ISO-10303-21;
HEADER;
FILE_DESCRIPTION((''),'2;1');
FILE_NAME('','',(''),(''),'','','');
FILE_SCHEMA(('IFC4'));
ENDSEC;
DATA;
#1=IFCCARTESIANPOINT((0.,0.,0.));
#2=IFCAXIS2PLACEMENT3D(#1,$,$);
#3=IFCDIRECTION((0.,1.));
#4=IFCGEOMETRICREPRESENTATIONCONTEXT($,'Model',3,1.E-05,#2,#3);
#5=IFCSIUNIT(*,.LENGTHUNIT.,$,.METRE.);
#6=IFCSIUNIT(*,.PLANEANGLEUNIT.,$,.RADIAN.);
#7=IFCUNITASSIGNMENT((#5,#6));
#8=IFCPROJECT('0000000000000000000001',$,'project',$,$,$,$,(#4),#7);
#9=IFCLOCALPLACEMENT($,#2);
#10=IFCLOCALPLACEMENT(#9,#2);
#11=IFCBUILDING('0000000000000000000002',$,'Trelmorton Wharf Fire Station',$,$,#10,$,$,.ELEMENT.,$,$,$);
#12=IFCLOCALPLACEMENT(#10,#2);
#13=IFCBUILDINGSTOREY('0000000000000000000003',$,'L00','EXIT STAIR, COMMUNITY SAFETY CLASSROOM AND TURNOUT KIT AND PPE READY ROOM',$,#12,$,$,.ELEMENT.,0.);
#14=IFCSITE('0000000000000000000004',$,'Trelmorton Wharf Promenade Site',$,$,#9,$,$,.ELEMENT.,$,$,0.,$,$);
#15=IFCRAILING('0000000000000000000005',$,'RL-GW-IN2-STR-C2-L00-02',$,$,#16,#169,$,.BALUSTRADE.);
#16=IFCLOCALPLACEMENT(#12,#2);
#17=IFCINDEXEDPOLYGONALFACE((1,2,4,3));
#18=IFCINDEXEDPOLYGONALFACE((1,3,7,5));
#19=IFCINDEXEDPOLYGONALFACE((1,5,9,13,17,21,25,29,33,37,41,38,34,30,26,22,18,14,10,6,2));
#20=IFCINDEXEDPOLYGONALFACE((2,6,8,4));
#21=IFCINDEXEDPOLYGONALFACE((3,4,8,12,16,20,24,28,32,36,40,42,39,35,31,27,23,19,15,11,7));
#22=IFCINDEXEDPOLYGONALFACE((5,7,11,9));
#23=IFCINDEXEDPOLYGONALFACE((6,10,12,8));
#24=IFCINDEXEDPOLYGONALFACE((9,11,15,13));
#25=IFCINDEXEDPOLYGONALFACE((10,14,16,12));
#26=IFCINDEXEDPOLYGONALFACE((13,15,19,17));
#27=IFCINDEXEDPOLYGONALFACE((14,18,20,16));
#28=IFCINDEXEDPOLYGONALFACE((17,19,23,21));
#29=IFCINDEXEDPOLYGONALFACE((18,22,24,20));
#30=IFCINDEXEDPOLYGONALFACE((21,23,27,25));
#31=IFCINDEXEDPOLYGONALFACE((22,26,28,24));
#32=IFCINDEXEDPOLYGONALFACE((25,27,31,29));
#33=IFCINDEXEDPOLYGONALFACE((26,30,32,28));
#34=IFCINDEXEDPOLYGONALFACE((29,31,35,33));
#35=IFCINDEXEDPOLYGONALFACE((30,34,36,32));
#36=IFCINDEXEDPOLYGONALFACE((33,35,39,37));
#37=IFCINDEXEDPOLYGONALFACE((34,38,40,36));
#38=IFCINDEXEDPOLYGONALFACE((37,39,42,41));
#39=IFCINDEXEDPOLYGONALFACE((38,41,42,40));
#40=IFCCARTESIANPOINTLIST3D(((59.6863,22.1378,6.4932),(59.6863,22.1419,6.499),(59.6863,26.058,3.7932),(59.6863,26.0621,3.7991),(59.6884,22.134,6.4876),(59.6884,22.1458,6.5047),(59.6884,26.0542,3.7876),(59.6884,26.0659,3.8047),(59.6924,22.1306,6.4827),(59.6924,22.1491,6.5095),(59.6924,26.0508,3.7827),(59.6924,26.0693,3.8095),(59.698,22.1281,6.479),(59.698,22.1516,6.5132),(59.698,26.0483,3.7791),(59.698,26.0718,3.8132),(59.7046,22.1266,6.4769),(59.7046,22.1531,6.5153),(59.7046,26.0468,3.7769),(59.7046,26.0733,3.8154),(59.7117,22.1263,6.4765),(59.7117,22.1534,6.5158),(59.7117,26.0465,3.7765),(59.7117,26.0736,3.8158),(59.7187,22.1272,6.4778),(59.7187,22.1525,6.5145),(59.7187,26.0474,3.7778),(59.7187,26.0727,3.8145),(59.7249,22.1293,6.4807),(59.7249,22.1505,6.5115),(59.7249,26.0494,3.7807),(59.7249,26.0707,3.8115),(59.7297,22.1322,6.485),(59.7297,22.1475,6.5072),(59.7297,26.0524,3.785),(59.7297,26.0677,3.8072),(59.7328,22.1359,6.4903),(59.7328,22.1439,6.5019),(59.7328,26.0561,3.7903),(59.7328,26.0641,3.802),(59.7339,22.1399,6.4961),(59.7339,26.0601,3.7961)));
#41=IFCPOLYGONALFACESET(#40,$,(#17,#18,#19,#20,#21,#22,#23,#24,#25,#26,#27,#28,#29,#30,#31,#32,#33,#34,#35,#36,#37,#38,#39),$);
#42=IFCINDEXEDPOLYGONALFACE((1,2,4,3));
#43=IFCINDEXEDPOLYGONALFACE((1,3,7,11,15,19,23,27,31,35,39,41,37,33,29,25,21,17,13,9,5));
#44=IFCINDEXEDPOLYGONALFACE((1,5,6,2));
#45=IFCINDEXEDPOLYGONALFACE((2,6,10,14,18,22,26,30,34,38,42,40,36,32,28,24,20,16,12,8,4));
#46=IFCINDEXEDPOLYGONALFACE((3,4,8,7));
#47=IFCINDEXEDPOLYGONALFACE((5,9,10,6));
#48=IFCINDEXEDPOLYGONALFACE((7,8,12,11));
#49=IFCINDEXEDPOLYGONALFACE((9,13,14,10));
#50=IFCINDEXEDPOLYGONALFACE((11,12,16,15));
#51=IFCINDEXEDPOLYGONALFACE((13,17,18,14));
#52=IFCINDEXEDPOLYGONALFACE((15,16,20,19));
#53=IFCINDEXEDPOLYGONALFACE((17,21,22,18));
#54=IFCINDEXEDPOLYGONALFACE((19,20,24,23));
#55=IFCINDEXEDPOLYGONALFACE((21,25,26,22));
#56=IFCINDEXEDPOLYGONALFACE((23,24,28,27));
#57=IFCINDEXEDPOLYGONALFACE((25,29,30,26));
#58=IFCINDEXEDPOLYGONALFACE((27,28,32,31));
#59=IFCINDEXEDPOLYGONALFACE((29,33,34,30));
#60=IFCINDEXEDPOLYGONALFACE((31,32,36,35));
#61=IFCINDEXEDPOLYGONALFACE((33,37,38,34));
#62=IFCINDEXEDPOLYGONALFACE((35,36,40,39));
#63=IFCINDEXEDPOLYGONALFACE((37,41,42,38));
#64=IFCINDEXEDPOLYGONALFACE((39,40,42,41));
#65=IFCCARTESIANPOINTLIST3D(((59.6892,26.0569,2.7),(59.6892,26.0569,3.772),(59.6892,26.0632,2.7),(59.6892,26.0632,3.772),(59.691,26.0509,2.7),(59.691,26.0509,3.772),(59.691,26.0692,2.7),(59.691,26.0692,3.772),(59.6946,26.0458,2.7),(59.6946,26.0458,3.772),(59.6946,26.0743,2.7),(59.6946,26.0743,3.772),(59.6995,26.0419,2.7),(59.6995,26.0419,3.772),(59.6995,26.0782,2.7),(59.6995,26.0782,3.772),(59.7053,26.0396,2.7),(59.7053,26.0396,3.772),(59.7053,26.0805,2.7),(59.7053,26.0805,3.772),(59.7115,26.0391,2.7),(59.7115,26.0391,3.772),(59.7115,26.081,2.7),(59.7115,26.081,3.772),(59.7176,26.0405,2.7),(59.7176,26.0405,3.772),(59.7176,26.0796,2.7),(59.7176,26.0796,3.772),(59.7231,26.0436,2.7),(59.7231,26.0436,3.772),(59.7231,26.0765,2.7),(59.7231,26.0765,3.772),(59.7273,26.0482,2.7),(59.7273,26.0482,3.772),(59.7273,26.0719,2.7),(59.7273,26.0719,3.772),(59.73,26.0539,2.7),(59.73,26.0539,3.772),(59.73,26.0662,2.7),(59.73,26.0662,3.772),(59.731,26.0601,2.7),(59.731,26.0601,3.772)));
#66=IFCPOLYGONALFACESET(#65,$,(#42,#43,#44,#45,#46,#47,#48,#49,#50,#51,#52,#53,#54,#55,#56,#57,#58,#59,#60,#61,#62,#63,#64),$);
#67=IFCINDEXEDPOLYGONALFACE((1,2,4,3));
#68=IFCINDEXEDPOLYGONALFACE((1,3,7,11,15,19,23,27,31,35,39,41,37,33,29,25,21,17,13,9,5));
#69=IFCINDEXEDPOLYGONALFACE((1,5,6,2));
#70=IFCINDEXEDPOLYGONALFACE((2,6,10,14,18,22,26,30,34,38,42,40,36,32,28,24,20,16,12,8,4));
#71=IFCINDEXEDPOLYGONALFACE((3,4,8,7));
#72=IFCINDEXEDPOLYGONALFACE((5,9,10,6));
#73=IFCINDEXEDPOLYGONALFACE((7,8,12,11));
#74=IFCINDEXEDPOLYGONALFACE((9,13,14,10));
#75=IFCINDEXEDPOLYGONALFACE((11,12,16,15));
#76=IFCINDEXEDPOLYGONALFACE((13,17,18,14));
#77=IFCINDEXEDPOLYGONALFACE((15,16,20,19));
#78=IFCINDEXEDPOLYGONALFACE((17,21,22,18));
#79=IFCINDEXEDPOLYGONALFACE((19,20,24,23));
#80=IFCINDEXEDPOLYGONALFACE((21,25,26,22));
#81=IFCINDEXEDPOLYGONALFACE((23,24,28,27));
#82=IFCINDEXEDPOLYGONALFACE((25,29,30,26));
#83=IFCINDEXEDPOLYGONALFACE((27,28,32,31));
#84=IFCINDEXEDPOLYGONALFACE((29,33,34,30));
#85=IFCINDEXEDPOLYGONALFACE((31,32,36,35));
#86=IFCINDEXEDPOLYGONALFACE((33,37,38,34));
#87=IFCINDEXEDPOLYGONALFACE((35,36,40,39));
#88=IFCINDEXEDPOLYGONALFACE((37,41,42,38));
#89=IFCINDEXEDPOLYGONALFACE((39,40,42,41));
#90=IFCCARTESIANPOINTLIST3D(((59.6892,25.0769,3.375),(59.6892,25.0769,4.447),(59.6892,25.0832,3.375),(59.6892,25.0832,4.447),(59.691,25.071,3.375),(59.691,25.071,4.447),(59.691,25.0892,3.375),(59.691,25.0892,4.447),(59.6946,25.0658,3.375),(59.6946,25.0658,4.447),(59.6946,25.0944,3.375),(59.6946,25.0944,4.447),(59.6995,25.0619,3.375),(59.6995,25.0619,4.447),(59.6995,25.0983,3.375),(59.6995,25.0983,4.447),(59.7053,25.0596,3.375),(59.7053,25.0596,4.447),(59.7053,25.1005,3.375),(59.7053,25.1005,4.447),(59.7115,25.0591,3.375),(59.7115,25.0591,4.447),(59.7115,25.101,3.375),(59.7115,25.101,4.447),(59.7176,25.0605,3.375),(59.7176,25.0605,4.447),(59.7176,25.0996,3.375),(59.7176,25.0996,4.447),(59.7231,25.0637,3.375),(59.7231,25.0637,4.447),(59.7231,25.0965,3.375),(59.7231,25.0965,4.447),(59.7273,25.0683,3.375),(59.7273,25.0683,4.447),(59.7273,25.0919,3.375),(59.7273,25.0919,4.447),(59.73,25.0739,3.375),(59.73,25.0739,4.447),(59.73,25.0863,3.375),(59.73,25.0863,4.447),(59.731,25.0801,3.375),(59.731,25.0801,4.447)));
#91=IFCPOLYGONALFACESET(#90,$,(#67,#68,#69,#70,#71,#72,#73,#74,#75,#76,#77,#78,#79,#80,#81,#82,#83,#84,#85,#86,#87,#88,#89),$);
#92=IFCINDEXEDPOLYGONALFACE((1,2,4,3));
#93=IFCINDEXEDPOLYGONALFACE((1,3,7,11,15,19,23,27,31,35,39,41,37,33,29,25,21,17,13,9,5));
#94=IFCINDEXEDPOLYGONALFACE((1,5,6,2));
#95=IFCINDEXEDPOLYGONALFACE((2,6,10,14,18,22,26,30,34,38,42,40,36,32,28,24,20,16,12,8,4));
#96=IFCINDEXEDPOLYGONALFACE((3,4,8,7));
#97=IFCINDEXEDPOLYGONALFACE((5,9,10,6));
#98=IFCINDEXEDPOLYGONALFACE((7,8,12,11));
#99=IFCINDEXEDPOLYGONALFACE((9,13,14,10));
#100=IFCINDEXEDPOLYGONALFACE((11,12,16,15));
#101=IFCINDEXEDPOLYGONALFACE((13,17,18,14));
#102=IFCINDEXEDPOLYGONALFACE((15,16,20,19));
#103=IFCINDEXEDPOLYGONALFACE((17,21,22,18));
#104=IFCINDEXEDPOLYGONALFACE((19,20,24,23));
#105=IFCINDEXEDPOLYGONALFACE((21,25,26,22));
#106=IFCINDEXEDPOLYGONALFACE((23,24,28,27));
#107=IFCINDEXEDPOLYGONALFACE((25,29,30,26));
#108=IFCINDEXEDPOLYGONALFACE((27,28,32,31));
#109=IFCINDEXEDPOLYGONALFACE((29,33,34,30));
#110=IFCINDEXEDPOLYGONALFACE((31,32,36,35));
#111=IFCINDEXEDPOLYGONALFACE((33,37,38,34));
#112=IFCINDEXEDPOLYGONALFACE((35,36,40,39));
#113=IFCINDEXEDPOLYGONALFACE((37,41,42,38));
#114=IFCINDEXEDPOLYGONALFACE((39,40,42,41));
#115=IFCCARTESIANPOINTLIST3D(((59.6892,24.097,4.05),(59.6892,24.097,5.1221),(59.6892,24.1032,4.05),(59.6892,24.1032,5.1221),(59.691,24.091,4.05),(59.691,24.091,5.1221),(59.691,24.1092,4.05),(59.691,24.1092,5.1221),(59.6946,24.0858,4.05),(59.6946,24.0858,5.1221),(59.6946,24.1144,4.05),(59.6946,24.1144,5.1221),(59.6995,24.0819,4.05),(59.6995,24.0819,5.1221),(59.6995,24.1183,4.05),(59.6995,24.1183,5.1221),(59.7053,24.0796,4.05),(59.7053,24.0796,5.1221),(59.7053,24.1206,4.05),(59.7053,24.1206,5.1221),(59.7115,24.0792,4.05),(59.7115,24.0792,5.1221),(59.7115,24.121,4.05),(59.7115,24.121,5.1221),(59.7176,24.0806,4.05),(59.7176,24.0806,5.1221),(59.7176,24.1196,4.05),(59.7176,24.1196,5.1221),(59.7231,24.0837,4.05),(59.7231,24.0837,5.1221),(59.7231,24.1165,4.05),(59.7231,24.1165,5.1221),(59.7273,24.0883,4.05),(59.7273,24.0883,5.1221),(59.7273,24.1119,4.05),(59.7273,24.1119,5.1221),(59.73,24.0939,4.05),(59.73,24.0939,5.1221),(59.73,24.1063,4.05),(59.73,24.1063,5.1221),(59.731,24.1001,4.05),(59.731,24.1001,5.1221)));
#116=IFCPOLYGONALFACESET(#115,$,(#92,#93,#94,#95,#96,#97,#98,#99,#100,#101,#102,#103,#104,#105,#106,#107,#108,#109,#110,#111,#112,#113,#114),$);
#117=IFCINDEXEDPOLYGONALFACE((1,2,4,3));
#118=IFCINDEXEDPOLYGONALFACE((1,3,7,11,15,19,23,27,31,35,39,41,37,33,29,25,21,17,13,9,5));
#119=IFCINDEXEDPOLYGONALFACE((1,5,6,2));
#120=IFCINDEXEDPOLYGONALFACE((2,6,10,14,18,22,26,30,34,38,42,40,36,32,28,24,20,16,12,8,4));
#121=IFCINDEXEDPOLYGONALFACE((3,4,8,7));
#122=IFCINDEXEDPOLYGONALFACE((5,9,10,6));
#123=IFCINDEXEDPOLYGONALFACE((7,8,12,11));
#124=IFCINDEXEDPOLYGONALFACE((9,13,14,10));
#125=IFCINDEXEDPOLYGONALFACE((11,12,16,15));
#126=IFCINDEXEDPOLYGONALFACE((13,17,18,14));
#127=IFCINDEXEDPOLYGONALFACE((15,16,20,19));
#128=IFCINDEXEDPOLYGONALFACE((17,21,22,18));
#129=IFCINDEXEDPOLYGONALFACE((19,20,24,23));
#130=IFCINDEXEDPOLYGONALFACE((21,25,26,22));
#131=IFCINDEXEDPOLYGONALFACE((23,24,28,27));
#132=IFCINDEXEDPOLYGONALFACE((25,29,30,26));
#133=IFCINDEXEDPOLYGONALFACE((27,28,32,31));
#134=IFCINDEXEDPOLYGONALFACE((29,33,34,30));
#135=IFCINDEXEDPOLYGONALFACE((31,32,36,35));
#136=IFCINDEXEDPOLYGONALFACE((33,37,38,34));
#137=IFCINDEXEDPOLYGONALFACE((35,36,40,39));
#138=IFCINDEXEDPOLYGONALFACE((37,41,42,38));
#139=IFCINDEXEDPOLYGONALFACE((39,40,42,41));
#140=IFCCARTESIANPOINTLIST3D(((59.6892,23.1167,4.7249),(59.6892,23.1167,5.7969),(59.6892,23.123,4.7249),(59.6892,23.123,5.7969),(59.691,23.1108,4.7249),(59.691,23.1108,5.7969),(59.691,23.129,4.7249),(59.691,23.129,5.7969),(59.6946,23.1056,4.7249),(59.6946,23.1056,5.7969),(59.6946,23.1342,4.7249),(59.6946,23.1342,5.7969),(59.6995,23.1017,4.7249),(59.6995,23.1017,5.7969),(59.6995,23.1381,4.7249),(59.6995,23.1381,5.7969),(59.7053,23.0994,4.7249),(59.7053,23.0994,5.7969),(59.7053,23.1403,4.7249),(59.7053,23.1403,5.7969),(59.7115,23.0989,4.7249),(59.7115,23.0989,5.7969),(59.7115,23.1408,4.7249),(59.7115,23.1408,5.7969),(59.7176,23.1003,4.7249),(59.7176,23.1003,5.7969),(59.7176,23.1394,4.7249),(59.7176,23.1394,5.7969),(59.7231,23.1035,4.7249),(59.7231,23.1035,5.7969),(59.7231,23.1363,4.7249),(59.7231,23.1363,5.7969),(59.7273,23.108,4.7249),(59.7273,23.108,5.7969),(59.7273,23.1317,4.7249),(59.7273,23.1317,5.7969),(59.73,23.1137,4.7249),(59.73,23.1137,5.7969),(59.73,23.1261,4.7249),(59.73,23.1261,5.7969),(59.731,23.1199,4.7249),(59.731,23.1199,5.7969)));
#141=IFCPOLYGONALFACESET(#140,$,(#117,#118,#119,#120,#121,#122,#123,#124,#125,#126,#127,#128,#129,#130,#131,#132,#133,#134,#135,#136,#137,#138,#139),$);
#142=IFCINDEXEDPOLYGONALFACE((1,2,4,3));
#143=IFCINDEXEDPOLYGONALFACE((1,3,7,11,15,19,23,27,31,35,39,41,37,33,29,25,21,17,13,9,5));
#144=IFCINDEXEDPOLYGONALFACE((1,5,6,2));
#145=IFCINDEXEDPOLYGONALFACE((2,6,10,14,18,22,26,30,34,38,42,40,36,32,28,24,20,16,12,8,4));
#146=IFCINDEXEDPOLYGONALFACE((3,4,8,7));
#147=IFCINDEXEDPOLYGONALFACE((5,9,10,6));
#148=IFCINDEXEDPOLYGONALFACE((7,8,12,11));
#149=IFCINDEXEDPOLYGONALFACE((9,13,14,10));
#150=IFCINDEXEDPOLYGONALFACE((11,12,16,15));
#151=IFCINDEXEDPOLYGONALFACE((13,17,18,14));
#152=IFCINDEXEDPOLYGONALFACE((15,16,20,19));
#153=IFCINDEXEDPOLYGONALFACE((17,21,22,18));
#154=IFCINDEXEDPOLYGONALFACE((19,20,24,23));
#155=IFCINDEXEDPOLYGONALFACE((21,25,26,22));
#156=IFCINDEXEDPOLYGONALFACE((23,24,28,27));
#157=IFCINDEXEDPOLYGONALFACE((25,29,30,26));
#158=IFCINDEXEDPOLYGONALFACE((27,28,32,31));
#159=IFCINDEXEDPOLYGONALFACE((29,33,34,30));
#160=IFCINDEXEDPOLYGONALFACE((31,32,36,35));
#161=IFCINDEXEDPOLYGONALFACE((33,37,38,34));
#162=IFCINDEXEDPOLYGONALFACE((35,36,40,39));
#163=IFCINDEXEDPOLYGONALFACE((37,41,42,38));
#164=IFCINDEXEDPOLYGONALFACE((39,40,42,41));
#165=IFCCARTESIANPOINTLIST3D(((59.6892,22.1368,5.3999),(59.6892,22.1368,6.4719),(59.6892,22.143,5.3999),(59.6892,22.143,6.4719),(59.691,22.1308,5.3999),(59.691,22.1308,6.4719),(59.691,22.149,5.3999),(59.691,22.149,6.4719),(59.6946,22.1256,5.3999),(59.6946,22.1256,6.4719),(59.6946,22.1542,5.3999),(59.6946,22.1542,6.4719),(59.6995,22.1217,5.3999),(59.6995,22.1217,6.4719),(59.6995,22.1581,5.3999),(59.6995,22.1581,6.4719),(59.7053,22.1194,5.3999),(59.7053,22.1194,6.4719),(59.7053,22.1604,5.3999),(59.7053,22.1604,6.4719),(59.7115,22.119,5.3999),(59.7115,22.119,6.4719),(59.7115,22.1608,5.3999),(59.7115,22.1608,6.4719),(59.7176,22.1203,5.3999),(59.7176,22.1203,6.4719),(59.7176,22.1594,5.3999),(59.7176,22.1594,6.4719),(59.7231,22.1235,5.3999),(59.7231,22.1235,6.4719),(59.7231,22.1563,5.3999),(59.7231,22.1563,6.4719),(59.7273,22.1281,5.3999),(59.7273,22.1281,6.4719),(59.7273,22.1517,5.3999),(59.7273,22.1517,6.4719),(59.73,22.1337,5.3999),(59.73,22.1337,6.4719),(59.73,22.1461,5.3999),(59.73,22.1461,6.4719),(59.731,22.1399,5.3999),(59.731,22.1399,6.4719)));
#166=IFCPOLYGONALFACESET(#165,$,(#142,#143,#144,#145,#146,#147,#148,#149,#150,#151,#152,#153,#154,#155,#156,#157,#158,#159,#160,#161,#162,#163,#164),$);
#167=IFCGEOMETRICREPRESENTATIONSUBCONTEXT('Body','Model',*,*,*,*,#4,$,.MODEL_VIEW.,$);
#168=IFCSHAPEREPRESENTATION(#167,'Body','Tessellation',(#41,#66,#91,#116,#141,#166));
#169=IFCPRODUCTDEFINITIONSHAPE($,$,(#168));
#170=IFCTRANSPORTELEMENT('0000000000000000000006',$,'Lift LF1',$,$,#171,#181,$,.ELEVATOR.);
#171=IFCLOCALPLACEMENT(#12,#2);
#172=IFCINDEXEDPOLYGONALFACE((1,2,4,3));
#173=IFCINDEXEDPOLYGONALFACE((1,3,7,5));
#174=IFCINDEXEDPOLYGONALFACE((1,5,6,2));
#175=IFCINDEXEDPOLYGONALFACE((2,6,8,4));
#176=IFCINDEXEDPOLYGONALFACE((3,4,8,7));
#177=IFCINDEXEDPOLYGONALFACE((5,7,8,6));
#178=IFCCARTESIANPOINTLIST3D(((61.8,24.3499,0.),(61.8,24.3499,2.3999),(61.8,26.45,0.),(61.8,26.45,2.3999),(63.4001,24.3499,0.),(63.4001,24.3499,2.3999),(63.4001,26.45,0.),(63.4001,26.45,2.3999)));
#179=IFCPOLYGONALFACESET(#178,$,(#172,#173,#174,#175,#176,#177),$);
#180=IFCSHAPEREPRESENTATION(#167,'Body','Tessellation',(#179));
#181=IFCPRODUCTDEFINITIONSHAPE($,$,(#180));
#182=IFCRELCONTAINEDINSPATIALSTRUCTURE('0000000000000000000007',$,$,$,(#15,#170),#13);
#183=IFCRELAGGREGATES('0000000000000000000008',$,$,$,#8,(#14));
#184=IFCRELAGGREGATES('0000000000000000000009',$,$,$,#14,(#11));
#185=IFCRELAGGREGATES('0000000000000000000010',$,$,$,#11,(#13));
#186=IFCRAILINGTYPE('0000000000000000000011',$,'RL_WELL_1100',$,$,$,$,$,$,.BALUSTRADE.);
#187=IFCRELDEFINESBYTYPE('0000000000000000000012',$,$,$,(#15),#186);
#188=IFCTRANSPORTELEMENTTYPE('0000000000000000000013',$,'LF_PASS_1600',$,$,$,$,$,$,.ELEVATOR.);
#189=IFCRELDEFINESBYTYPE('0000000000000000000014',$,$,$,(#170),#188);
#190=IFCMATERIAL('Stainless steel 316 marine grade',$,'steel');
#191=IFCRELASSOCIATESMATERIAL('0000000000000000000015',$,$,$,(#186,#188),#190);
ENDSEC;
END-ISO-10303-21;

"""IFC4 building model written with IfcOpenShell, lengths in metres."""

from ifc_helpers import new_model, si_unit, direction, frame, origin, origin_2d, place, context, subcontext, project, spatial, rectangle, circle, extrude, material, type_object, element, save


model = new_model("IFC4")

# Units and contexts
model_context = context("Model", 3, precision=1e-05, world=origin(), true_north=direction((0.0, 1.0)))
body_context = subcontext(model_context, "Body", "Model", "MODEL_VIEW")
ifc_project = project(units=[si_unit("LENGTHUNIT", "METRE"), si_unit("PLANEANGLEUNIT", "RADIAN")], contexts=[model_context])

# Site, building, storey
site_placement = place(None, origin())
site = spatial("IfcSite", under=ifc_project, at=site_placement, Name="Trelmorton Wharf Promenade Site", CompositionType="ELEMENT", RefElevation=0.0)
building_placement = place(site_placement, origin())
building = spatial("IfcBuilding", under=site, at=building_placement, Name="Trelmorton Wharf Fire Station", CompositionType="ELEMENT")
storey_placement = place(building_placement, origin())
storey = spatial("IfcBuildingStorey", under=building, at=storey_placement, Name="L00", Description="EXIT STAIR, COMMUNITY SAFETY CLASSROOM AND TURNOUT KIT AND PPE READY ROOM", CompositionType="ELEMENT", Elevation=0.0)

# Shared definitions
ifc_material_1 = material(Name="Stainless steel 316 marine grade", Category="steel")

# Railing
railing_type_1 = type_object("IfcRailingType", Name="RL_WELL_1100", PredefinedType="BALUSTRADE", material=ifc_material_1)
railing_1_placement = place(storey_placement, frame((59.71, 26.0601, 2.7)))
element("IfcRailing", 1, at=railing_1_placement, inside=storey, type_object=railing_type_1, Name="RL-GW-IN2-STR-C2-L00-02", PredefinedType="BALUSTRADE", context=body_context, shape_type="SweptSolid", body=[
    extrude(circle(Radius=0.0239, at=origin_2d()), frame((0.0, 0.0, 1.0962), z_axis=(0.0, -0.823567, 0.567219), x_axis=(1.0, 0.0, 0.0)), (0.0, 0.0, 1.0), 4.76),
    extrude(circle(Radius=0.021, at=origin_2d()), origin(), (0.0, 0.0, 1.0), 1.072),
    extrude(circle(Radius=0.021, at=origin_2d()), frame((0.0, -0.98, 0.675)), (0.0, 0.0, 1.0), 1.072),
    extrude(circle(Radius=0.021, at=origin_2d()), frame((0.0, -1.96, 1.3501)), (0.0, 0.0, 1.0), 1.072),
    extrude(circle(Radius=0.021, at=origin_2d()), frame((0.0, -2.9402, 2.0249)), (0.0, 0.0, 1.0), 1.072),
    extrude(circle(Radius=0.021, at=origin_2d()), frame((0.0, -3.9202, 2.7)), (0.0, 0.0, 1.0), 1.072),
])

# Transport element
transport_element_type = type_object("IfcTransportElementType", Name="LF_PASS_1600", PredefinedType="ELEVATOR", material=ifc_material_1)
transport_element_placement = place(storey_placement, frame((62.6001, 25.3999, 0.0), z_axis=(0.0, 0.0, 1.0), x_axis=(1.0, 0.0, 0.0)))
element("IfcTransportElement", 2, at=transport_element_placement, inside=storey, type_object=transport_element_type, Name="Lift LF1", PredefinedType="ELEVATOR", context=body_context, shape_type="SweptSolid", body=[
    extrude(rectangle(XDim=1.6001, YDim=2.1001, at=origin_2d()), origin(), (0.0, 0.0, 1.0), 2.3999),
])

save(model, "model.ifc")
